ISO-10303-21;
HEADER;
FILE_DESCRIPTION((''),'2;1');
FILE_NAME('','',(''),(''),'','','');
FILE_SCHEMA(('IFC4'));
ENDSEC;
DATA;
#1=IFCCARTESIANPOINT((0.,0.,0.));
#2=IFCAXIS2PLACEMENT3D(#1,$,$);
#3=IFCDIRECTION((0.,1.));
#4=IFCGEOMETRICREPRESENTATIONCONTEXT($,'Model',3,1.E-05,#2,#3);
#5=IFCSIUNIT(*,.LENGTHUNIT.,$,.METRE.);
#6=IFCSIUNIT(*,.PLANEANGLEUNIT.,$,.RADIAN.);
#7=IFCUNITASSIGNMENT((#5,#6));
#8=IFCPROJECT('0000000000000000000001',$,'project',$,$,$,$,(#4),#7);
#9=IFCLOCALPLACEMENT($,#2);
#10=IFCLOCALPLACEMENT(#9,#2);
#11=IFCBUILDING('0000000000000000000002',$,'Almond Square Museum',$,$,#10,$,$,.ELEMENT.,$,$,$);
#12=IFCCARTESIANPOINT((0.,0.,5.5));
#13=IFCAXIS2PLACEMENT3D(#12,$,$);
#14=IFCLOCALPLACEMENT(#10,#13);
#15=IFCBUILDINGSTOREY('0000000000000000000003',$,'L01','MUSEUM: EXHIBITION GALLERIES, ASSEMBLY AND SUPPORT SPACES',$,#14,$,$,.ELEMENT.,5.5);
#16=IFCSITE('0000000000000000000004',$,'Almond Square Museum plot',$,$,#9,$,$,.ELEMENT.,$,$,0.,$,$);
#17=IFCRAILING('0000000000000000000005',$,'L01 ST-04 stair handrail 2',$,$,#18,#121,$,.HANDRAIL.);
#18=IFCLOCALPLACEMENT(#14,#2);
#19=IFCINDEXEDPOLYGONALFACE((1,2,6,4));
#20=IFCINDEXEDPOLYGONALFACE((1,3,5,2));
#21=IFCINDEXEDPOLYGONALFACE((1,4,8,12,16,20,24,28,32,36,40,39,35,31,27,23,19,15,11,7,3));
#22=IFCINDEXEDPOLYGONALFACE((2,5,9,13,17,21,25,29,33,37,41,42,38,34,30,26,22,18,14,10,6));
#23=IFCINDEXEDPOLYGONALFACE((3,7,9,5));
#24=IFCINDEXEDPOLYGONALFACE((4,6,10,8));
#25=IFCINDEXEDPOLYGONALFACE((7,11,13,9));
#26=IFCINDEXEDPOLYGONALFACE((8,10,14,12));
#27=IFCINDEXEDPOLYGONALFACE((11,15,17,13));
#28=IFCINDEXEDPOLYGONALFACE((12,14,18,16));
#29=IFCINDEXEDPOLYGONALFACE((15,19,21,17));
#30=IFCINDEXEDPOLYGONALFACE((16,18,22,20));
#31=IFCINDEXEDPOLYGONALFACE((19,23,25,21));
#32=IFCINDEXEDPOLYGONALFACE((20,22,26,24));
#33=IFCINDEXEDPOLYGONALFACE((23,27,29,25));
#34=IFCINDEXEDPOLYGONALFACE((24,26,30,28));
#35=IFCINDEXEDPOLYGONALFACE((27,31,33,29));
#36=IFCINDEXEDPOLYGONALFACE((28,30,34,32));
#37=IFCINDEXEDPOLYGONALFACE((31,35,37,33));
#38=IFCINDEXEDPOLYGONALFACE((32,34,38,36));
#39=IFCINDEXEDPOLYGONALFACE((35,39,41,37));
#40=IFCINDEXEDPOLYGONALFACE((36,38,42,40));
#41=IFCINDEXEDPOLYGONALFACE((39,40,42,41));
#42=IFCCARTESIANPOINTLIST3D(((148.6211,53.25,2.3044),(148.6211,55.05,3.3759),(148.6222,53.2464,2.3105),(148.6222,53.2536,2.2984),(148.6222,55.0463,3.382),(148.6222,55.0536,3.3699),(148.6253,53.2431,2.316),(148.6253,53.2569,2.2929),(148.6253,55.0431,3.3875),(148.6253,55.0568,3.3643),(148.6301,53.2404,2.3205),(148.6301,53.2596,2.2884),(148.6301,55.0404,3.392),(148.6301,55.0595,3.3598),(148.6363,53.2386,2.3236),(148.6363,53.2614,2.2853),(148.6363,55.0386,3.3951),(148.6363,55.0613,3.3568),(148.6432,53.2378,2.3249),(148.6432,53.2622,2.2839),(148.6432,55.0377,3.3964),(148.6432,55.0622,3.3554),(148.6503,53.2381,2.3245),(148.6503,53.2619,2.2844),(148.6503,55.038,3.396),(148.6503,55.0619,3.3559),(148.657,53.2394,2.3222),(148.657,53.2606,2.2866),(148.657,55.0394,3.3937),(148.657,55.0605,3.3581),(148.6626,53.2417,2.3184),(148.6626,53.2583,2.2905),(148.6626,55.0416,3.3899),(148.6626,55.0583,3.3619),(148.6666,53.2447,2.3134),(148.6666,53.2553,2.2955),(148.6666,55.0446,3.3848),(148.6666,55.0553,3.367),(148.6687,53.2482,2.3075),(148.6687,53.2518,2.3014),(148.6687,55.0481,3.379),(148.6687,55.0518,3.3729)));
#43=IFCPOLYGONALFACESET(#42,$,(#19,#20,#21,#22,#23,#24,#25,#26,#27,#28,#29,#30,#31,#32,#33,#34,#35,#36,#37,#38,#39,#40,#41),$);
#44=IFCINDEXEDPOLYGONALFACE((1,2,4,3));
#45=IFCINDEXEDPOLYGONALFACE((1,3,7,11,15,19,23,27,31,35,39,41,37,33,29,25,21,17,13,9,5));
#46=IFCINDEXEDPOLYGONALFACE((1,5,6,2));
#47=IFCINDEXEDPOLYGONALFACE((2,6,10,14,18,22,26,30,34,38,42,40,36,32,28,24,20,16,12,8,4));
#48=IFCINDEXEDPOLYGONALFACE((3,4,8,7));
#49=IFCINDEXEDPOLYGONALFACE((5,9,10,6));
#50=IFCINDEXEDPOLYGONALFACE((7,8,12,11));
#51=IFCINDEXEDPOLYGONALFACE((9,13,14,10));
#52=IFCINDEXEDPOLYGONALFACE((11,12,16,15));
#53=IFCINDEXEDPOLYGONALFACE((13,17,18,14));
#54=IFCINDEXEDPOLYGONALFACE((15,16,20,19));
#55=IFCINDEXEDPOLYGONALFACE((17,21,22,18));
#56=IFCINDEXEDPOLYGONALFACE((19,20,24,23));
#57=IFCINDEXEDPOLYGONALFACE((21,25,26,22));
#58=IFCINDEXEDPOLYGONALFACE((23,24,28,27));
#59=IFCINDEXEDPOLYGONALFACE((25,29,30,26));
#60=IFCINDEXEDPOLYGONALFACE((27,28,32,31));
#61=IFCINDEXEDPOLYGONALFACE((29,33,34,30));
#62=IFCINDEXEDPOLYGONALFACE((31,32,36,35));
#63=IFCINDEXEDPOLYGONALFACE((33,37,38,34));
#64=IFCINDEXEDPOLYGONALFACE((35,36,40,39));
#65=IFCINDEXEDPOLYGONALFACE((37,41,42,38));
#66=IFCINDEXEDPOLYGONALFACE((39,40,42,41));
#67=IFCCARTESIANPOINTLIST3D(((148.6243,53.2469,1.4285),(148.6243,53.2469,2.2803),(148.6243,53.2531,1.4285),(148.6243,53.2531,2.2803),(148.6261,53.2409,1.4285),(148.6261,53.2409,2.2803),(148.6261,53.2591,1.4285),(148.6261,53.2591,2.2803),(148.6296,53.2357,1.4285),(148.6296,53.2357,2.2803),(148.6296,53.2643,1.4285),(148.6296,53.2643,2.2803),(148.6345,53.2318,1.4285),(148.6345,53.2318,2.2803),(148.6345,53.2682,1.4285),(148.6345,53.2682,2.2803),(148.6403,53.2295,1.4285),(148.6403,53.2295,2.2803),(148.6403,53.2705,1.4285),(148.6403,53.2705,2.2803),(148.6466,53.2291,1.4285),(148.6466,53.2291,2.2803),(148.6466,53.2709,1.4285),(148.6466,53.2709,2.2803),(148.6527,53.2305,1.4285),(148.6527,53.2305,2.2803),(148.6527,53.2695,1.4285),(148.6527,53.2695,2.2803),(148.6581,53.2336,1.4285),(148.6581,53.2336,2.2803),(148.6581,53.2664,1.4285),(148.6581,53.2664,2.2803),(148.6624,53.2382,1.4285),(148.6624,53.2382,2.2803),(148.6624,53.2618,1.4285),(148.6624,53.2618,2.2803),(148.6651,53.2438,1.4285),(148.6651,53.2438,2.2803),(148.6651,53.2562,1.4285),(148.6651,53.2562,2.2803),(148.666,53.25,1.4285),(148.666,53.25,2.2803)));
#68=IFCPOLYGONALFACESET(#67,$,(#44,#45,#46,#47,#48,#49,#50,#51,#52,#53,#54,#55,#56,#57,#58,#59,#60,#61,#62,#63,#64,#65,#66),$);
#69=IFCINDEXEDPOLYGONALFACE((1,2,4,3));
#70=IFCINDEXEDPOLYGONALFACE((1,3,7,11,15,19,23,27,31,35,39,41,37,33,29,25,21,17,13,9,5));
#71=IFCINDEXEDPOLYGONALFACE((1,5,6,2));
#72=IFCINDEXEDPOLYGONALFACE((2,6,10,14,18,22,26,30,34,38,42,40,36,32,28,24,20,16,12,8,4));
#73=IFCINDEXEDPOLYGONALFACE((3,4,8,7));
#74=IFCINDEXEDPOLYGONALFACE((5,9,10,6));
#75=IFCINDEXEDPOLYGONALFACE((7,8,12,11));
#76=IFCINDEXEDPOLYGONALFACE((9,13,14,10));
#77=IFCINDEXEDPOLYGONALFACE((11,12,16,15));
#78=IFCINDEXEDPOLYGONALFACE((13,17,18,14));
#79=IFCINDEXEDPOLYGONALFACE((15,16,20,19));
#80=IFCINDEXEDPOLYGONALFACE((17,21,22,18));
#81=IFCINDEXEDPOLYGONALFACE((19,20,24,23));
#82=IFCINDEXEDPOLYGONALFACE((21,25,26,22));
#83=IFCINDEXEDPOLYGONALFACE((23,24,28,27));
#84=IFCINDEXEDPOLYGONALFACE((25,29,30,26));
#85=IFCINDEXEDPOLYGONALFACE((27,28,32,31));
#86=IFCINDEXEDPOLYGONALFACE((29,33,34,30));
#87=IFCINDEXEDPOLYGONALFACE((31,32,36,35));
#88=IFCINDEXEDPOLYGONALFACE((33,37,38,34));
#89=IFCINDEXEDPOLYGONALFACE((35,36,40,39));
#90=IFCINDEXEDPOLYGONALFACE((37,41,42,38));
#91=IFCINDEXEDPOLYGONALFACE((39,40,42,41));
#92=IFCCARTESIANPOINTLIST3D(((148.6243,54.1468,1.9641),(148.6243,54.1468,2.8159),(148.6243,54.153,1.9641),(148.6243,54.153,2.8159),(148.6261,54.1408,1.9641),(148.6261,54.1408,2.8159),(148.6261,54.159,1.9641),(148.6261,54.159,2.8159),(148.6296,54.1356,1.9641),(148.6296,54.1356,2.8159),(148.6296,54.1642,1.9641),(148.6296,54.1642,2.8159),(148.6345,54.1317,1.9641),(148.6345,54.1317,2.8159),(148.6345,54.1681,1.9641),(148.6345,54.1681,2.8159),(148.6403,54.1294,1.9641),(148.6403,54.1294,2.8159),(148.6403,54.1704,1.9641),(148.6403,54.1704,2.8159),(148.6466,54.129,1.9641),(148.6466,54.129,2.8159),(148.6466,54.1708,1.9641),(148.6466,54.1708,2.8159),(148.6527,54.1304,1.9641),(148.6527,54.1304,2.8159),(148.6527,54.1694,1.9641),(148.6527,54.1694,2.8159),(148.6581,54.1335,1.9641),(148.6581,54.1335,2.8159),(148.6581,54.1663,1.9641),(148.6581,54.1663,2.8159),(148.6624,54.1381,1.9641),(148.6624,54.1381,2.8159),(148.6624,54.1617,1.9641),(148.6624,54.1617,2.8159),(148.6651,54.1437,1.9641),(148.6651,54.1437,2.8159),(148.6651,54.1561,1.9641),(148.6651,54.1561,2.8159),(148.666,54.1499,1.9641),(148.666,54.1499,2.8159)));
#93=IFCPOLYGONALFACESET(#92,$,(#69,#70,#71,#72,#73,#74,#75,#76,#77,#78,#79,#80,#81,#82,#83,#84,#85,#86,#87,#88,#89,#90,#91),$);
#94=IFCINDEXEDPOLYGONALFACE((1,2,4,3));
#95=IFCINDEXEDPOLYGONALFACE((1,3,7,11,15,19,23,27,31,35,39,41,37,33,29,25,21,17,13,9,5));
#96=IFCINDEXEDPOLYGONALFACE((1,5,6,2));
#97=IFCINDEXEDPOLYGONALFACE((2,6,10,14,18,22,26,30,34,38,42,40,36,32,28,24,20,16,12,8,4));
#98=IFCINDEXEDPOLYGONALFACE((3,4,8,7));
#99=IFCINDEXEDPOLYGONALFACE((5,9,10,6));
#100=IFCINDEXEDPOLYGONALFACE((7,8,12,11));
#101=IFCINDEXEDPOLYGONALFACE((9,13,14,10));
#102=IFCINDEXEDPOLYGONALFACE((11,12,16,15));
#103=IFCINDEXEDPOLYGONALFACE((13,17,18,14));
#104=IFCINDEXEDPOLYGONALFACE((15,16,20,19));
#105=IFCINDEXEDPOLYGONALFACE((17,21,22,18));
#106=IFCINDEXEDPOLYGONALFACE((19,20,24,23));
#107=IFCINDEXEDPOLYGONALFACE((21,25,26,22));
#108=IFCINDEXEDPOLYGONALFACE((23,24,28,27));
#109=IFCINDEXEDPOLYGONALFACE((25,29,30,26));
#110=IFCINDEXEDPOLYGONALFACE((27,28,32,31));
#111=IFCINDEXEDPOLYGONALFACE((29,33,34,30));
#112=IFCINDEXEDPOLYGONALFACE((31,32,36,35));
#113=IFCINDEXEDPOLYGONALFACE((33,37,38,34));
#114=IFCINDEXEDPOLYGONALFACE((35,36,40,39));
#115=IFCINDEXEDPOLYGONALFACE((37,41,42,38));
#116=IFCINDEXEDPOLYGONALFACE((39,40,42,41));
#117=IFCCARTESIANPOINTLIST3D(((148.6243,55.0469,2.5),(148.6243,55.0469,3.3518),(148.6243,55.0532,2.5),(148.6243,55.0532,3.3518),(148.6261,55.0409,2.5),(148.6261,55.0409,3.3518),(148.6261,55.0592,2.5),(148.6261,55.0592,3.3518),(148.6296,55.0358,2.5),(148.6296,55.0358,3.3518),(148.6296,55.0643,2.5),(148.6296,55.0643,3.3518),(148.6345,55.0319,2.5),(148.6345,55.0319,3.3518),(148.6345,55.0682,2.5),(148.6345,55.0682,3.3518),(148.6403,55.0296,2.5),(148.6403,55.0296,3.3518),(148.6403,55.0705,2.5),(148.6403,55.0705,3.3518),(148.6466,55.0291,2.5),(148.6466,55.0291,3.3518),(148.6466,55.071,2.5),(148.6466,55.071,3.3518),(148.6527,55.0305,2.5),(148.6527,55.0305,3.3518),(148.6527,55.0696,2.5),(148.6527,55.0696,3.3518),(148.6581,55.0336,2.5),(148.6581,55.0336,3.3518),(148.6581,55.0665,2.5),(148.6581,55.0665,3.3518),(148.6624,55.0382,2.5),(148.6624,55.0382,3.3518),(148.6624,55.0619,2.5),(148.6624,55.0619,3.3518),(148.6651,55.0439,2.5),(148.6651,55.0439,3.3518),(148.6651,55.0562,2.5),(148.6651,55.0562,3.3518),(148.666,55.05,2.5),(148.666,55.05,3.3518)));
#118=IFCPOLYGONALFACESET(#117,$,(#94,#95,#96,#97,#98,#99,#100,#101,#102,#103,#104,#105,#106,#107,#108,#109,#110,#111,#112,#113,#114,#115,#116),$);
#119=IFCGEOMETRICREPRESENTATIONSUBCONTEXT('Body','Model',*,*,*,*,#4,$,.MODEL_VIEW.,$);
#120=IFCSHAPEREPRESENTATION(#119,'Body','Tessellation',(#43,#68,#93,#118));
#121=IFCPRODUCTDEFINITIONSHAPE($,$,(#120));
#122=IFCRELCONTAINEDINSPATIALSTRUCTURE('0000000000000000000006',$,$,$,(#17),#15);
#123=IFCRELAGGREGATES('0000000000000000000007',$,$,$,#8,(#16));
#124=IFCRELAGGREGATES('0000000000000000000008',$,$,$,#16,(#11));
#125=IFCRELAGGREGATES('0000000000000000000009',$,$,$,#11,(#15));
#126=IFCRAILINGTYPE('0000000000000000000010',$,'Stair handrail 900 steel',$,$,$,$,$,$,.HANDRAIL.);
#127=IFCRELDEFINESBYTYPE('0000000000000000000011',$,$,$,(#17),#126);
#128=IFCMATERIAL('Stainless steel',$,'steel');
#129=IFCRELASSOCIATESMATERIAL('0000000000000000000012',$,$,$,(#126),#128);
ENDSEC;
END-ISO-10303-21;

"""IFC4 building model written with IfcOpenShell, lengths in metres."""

from ifc_helpers import new_model, si_unit, direction, frame, origin, origin_2d, place, context, subcontext, project, spatial, circle, extrude, material, type_object, element, save


model = new_model("IFC4")

# Units and contexts
model_context = context("Model", 3, precision=1e-05, world=origin(), true_north=direction((0.0, 1.0)))
body_context = subcontext(model_context, "Body", "Model", "MODEL_VIEW")
ifc_project = project(units=[si_unit("LENGTHUNIT", "METRE"), si_unit("PLANEANGLEUNIT", "RADIAN")], contexts=[model_context])

# Site, building, storey
site_placement = place(None, origin())
site = spatial("IfcSite", under=ifc_project, at=site_placement, Name="Almond Square Museum plot", CompositionType="ELEMENT", RefElevation=0.0)
building_placement = place(site_placement, origin())
building = spatial("IfcBuilding", under=site, at=building_placement, Name="Almond Square Museum", CompositionType="ELEMENT")
storey_placement = place(building_placement, frame((0.0, 0.0, 5.5)))
storey = spatial("IfcBuildingStorey", under=building, at=storey_placement, Name="L01", Description="MUSEUM: EXHIBITION GALLERIES, ASSEMBLY AND SUPPORT SPACES", CompositionType="ELEMENT", Elevation=5.5)

# Railing
ifc_material_1 = material(Name="Stainless steel", Category="steel")
railing_type_1 = type_object("IfcRailingType", Name="Stair handrail 900 steel", PredefinedType="HANDRAIL", material=ifc_material_1)
railing_1_placement = place(storey_placement, frame((148.645, 53.25, 1.4285)))
element("IfcRailing", 1, at=railing_1_placement, inside=storey, type_object=railing_type_1, Name="L01 ST-04 stair handrail 2", PredefinedType="HANDRAIL", context=body_context, shape_type="SweptSolid", body=[
    extrude(circle(Radius=0.0239, at=origin_2d()), frame((0.0, 0.0, 0.876), z_axis=(0.0, 0.859277, 0.51151), x_axis=(-1.0, 0.0, 0.0)), (0.0, 0.0, 1.0), 2.0947),
    extrude(circle(Radius=0.021, at=origin_2d()), origin(), (0.0, 0.0, 1.0), 0.8518),
    extrude(circle(Radius=0.021, at=origin_2d()), frame((0.0, 0.8999, 0.5356)), (0.0, 0.0, 1.0), 0.8518),
    extrude(circle(Radius=0.021, at=origin_2d()), frame((0.0, 1.8, 1.0715)), (0.0, 0.0, 1.0), 0.8518),
])

save(model, "model.ifc")
